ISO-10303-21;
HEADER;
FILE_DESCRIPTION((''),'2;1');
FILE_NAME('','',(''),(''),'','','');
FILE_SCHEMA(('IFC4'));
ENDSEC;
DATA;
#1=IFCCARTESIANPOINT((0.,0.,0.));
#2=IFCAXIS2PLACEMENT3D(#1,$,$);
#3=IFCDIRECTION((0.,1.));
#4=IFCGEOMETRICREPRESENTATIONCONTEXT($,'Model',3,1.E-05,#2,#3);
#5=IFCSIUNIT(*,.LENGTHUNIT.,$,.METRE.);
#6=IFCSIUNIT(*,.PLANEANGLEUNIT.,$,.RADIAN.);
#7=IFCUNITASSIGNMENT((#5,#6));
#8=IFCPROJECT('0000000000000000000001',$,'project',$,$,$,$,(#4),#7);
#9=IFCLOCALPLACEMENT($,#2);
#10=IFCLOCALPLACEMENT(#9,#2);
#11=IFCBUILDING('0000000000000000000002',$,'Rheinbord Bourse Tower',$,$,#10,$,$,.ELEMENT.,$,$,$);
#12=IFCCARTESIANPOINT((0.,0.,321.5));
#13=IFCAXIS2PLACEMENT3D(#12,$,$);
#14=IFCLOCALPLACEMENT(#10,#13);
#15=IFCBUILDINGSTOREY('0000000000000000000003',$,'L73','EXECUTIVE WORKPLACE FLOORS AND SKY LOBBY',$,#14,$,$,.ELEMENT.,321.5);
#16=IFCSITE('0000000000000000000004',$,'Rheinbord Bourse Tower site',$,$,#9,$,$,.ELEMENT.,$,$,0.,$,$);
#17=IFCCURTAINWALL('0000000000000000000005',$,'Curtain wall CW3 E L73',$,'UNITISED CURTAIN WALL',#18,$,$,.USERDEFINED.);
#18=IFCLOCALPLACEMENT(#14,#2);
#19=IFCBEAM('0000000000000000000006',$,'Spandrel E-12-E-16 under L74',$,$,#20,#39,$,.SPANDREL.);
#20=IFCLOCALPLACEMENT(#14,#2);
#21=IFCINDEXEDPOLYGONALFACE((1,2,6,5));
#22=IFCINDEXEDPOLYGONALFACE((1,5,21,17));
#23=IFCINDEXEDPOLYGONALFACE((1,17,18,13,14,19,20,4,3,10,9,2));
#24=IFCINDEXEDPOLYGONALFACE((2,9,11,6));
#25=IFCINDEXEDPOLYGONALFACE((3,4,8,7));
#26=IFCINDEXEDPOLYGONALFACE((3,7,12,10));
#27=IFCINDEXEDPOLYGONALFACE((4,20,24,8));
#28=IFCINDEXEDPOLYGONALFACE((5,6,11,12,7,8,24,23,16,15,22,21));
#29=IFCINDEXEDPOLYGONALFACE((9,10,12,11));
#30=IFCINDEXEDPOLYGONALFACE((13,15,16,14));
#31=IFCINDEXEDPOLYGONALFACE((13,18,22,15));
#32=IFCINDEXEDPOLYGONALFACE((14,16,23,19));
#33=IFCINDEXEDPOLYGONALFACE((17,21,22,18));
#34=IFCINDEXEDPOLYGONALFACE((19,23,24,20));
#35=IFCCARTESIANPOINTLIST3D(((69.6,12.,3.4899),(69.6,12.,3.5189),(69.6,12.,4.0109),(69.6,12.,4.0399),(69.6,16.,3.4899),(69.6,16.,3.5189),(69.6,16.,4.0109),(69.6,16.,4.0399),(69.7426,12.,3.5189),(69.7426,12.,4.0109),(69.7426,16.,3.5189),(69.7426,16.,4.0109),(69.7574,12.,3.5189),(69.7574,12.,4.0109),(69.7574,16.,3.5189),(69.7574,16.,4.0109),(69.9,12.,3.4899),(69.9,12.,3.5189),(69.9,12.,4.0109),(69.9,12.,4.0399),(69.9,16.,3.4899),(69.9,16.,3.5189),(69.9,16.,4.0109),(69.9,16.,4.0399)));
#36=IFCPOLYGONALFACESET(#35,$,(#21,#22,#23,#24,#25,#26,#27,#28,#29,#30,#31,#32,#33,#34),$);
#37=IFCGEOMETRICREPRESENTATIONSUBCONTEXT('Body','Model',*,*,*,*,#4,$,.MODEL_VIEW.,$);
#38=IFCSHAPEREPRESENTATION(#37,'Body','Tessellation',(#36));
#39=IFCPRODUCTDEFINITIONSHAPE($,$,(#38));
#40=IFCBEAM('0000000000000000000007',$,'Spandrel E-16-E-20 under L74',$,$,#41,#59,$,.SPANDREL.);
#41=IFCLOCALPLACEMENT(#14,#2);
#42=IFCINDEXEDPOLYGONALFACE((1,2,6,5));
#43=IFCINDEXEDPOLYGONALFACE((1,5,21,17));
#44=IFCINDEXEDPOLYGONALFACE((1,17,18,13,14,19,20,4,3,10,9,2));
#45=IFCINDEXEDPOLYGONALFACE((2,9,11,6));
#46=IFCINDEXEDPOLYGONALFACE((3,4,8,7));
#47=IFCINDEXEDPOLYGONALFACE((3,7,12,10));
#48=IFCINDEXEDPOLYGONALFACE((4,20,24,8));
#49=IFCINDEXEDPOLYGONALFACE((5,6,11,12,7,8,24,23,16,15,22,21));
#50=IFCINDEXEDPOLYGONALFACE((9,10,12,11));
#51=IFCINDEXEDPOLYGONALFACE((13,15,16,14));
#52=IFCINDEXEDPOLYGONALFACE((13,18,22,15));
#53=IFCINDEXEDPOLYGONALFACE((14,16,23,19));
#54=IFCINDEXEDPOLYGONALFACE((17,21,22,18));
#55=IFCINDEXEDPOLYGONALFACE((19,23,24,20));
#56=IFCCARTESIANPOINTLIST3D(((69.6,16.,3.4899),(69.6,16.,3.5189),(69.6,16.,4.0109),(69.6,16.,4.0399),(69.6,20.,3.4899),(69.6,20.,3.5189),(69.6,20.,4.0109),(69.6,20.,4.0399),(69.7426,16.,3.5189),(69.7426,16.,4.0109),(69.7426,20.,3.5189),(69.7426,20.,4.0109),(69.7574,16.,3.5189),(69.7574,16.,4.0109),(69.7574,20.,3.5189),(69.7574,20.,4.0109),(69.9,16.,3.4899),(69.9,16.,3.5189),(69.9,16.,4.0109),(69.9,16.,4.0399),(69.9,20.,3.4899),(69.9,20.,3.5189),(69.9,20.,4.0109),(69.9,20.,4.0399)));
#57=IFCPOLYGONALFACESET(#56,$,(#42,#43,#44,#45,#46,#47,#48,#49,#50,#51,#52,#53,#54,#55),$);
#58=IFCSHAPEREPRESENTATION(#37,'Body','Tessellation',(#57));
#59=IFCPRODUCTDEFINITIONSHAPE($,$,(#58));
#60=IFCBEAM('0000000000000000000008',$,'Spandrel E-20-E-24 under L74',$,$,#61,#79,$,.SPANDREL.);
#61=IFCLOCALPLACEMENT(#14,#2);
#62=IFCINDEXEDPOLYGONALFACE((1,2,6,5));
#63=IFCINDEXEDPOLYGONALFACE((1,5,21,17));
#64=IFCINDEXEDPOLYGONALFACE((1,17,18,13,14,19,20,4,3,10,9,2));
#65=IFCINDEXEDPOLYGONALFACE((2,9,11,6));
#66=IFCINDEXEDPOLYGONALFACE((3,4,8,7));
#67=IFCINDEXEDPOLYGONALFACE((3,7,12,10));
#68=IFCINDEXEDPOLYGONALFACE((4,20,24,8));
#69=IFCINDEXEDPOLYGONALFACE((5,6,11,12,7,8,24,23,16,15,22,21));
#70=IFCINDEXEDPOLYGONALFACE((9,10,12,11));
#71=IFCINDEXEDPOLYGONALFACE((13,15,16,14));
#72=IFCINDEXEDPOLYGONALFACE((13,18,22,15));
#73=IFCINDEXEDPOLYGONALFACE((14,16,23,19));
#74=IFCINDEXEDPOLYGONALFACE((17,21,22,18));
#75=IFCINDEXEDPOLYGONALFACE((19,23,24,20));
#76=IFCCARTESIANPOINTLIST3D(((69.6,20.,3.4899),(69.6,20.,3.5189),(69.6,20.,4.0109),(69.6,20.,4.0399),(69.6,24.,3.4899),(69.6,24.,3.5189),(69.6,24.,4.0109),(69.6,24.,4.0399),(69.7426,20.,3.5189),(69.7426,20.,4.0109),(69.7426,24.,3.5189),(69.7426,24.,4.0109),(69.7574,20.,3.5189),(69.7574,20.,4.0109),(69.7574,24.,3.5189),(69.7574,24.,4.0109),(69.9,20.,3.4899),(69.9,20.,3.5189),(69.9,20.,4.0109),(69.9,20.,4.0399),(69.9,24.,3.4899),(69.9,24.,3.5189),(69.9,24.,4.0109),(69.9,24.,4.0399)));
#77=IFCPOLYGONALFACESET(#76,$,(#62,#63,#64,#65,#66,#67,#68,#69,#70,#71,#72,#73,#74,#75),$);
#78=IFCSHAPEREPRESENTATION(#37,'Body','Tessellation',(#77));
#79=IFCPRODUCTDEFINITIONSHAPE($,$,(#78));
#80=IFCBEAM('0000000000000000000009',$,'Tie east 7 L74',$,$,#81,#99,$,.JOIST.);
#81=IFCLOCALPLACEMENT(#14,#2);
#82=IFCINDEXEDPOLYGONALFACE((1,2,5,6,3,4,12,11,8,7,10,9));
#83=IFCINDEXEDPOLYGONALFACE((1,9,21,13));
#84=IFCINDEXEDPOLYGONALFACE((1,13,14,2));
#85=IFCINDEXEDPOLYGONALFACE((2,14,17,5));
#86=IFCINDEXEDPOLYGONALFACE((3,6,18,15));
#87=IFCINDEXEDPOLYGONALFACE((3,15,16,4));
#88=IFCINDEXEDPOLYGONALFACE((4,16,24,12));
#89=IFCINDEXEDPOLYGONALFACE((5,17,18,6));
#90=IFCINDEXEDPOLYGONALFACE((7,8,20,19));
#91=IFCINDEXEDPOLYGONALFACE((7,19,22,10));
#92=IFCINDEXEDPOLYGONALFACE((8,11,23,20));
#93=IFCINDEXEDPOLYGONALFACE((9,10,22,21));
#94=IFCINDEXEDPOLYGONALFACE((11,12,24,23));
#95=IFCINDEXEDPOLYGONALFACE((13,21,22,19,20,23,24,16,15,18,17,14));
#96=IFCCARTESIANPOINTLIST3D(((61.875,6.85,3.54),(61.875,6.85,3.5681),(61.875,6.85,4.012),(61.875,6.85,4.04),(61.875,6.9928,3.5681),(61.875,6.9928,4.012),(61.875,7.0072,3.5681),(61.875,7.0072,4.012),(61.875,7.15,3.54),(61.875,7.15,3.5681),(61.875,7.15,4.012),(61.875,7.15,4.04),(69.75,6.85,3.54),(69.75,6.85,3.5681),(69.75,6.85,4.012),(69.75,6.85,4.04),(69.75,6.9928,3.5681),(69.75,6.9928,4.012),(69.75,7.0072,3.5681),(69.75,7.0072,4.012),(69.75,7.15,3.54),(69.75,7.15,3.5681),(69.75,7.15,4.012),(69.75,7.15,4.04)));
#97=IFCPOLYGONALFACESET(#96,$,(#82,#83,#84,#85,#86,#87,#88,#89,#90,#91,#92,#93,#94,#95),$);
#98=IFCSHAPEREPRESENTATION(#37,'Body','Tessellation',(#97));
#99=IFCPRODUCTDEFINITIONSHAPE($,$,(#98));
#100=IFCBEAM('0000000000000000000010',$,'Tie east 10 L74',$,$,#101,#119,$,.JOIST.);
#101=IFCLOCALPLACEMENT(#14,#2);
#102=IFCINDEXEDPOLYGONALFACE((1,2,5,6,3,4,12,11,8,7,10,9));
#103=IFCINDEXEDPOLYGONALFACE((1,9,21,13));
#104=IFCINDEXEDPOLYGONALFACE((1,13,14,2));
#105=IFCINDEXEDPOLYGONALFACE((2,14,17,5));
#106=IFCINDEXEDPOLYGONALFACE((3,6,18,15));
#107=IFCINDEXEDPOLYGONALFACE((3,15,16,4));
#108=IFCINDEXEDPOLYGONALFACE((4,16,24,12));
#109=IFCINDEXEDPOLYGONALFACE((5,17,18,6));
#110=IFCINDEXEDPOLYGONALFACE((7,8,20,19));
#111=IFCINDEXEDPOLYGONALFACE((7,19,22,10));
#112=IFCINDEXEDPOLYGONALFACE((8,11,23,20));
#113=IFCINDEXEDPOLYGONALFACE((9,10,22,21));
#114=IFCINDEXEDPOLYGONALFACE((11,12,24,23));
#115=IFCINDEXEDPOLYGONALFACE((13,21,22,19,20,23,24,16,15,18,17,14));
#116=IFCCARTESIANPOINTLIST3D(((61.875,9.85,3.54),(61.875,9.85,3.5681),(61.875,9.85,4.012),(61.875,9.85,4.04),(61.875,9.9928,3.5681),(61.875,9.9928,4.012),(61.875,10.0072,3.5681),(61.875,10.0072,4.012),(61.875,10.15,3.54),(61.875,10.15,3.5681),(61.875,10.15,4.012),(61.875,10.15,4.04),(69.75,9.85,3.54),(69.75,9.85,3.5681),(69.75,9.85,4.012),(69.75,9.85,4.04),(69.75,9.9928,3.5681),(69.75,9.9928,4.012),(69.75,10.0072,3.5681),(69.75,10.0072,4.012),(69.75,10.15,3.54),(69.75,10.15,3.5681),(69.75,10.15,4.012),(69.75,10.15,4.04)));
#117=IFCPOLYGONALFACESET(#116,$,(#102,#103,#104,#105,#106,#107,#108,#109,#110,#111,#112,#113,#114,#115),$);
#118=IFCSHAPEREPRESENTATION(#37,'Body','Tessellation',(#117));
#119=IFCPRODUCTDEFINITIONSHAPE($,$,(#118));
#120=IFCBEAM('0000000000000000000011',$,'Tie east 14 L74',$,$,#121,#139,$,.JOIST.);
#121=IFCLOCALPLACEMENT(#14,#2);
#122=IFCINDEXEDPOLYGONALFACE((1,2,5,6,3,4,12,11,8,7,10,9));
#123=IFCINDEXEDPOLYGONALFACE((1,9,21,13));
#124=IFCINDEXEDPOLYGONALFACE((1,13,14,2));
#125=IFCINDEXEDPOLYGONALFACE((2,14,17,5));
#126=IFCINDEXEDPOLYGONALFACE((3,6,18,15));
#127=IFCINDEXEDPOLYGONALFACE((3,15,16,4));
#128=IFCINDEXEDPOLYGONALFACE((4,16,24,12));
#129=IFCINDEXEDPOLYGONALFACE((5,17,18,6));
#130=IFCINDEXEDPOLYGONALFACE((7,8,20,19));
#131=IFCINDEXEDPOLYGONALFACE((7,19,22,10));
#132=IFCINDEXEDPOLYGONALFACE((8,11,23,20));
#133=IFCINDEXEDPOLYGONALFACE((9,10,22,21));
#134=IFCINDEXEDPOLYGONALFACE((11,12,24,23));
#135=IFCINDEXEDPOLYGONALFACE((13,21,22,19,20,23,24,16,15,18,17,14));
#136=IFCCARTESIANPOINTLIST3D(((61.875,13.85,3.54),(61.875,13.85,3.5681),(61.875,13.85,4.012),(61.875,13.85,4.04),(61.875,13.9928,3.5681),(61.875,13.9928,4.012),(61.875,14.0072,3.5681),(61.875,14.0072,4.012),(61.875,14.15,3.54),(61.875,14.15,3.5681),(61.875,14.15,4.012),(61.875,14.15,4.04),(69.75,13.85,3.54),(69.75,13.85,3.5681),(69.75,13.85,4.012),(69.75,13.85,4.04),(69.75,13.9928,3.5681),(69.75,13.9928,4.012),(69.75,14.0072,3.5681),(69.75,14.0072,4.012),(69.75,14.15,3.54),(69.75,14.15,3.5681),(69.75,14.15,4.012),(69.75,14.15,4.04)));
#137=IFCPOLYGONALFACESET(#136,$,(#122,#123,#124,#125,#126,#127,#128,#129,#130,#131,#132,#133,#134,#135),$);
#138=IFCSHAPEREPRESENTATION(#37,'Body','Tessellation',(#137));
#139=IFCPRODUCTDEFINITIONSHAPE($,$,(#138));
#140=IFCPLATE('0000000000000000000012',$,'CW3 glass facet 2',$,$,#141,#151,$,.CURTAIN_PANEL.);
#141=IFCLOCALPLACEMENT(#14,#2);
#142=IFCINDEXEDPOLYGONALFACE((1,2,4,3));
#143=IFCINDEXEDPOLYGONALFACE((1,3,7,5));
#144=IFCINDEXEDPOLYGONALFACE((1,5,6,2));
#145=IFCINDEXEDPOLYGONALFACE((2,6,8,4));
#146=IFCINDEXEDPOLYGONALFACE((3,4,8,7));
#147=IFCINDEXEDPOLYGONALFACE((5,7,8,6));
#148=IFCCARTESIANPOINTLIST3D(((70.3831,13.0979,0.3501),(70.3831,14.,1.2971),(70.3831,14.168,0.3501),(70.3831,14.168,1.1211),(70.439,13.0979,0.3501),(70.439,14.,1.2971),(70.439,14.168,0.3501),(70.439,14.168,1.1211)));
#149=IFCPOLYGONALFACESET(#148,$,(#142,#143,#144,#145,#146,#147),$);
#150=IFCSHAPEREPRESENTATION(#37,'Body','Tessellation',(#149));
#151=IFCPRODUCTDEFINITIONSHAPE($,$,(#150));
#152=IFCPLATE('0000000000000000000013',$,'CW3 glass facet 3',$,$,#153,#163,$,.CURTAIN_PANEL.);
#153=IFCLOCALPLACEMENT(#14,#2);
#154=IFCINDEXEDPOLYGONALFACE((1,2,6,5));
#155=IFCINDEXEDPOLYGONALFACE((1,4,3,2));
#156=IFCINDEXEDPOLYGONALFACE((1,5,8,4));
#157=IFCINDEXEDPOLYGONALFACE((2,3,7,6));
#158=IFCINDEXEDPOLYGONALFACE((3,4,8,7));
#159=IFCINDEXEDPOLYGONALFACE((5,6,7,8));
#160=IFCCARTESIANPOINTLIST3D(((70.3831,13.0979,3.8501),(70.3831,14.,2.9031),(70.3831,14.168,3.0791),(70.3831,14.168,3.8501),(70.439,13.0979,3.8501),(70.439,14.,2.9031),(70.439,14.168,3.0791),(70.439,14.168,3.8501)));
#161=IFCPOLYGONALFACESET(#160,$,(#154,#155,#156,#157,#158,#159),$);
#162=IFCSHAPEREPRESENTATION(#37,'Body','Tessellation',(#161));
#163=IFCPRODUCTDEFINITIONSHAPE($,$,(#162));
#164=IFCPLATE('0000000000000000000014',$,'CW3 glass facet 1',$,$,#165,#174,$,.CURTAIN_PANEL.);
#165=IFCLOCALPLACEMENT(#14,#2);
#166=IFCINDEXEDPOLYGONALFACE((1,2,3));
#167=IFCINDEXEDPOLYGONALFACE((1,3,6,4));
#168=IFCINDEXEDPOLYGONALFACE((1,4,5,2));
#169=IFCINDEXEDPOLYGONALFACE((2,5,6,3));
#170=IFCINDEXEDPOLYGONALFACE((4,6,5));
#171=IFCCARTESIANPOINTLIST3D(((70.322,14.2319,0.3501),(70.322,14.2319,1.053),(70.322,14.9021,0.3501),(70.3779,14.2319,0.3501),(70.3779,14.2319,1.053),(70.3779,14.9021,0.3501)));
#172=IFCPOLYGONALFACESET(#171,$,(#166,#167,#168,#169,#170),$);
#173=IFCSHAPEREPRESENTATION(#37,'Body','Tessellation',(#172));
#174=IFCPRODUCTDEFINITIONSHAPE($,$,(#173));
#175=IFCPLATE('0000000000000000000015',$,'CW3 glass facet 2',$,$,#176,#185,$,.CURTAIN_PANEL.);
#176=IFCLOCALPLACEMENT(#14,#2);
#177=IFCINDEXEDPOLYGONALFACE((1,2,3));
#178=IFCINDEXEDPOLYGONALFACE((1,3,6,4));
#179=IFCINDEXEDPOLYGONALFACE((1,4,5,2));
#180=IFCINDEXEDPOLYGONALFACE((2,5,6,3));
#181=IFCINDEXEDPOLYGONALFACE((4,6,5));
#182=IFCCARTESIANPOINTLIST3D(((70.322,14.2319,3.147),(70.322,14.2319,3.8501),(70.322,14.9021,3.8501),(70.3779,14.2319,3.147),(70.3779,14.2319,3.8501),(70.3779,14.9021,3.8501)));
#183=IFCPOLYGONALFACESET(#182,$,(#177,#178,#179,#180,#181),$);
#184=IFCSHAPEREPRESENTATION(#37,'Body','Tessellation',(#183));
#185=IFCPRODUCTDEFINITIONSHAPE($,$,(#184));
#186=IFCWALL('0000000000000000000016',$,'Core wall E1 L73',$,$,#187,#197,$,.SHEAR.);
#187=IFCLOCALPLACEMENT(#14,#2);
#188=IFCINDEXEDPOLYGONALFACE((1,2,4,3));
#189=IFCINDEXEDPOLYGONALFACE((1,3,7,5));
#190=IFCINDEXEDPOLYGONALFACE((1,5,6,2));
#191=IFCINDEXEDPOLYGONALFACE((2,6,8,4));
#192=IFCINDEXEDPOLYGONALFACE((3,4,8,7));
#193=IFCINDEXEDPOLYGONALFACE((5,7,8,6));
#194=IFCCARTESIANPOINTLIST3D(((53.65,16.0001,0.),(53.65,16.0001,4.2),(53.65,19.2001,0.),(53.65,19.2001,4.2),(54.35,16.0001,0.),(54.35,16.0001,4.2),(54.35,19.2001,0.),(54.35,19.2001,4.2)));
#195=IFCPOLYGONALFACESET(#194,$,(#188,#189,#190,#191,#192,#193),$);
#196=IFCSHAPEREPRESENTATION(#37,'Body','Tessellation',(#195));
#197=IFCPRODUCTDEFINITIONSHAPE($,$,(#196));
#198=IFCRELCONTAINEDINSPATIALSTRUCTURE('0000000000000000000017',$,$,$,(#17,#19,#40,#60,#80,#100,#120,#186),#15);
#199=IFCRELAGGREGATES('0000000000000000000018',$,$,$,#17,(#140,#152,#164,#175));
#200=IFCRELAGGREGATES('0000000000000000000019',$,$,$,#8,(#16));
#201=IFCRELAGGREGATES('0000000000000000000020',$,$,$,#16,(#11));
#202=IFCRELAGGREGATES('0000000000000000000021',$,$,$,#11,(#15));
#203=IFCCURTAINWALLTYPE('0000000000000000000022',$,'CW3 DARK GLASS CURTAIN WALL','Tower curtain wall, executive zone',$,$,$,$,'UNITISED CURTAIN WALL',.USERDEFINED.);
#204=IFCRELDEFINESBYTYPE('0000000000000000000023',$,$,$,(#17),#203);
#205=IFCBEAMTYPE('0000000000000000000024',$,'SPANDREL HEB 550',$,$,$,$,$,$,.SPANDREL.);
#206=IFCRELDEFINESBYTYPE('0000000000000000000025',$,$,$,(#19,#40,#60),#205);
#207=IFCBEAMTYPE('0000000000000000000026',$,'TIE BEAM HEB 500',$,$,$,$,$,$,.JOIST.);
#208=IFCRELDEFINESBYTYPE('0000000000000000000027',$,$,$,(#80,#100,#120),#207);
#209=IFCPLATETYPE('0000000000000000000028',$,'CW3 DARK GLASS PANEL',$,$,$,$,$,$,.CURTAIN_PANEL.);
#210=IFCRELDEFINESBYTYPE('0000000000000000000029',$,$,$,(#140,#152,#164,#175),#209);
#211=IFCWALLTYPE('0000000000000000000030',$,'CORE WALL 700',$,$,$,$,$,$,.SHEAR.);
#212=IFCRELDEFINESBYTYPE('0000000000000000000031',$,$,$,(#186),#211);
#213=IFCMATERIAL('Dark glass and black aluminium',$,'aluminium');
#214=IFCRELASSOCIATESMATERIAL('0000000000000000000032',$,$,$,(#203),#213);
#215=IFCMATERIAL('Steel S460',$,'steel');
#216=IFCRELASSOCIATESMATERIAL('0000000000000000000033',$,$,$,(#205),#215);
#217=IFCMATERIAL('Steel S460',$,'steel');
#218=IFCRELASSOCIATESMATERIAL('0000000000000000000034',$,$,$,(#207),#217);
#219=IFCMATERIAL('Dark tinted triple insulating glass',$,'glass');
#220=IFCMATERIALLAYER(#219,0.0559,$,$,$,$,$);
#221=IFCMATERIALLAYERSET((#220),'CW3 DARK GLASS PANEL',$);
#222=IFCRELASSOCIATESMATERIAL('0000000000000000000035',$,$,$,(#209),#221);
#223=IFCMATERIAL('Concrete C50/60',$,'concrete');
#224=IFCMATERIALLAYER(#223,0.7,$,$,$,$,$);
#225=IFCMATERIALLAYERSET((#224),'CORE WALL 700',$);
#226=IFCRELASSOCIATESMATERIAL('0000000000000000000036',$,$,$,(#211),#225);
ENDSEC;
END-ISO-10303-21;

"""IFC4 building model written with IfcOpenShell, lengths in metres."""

from ifc_helpers import new_model, si_unit, direction, frame, frame_2d, origin, origin_2d, place, context, subcontext, project, spatial, polyline, rectangle, i_section, outline, extrude, material, layer, layer_set, material_profile, profile_set, type_object, element, aggregate, save


model = new_model("IFC4")

# Units and contexts
model_context = context("Model", 3, precision=1e-05, world=origin(), true_north=direction((0.0, 1.0)))
body_context = subcontext(model_context, "Body", "Model", "MODEL_VIEW")
ifc_project = project(units=[si_unit("LENGTHUNIT", "METRE"), si_unit("PLANEANGLEUNIT", "RADIAN")], contexts=[model_context])

# Site, building, storey
site_placement = place(None, origin())
site = spatial("IfcSite", under=ifc_project, at=site_placement, Name="Rheinbord Bourse Tower site", CompositionType="ELEMENT", RefElevation=0.0)
building_placement = place(site_placement, origin())
building = spatial("IfcBuilding", under=site, at=building_placement, Name="Rheinbord Bourse Tower", CompositionType="ELEMENT")
storey_placement = place(building_placement, frame((0.0, 0.0, 321.5)))
storey = spatial("IfcBuildingStorey", under=building, at=storey_placement, Name="L73", Description="EXECUTIVE WORKPLACE FLOORS AND SKY LOBBY", CompositionType="ELEMENT", Elevation=321.5)

# Curtain wall
ifc_material_1 = material(Name="Dark glass and black aluminium", Category="aluminium")
curtain_wall_type = type_object("IfcCurtainWallType", Name="CW3 DARK GLASS CURTAIN WALL", Description="Tower curtain wall, executive zone", ElementType="UNITISED CURTAIN WALL", PredefinedType="USERDEFINED", material=ifc_material_1)
curtain_wall_placement = place(storey_placement, origin())
curtain_wall = element("IfcCurtainWall", 1, at=curtain_wall_placement, inside=storey, type_object=curtain_wall_type, Name="Curtain wall CW3 E L73", ObjectType="UNITISED CURTAIN WALL", PredefinedType="USERDEFINED")

# Beams
ifc_material_2 = material(Name="Steel S460", Category="steel")
ifc_material_profile_1 = material_profile(ifc_material_2, i_section(OverallWidth=0.3, OverallDepth=0.55, WebThickness=0.0149, FlangeThickness=0.0291, at=origin_2d()), Name="HEB 550")
ifc_profile_set_1 = profile_set([ifc_material_profile_1], Name="Steel S460")
beam_type_1 = type_object("IfcBeamType", Name="SPANDREL HEB 550", PredefinedType="SPANDREL", material=ifc_profile_set_1)
for number, where, z_axis, x_axis, name in (
    (2, (69.75, 12.0, 3.7649), (0.0, 1.0, 0.0), (-1.0, 0.0, 0.0), "Spandrel E-12-E-16 under L74"),
    (3, (69.75, 16.0, 3.7649), (0.0, 1.0, 0.0), (-1.0, 0.0, 0.0), "Spandrel E-16-E-20 under L74"),
    (4, (69.75, 20.0, 3.7649), (0.0, 1.0, 0.0), (-1.0, 0.0, 0.0), "Spandrel E-20-E-24 under L74"),
):
    element("IfcBeam", number, at=place(storey_placement, frame(where, z_axis=z_axis, x_axis=x_axis)), inside=storey, type_object=beam_type_1, Name=name, PredefinedType="SPANDREL", context=body_context, shape_type="SweptSolid", body=[
        extrude(i_section(OverallWidth=0.3, OverallDepth=0.55, WebThickness=0.0149, FlangeThickness=0.0291, at=origin_2d()), origin(), (0.0, 0.0, 1.0), 4.0),
    ])
ifc_material_3 = material(Name="Steel S460", Category="steel")
ifc_material_profile_2 = material_profile(ifc_material_3, i_section(OverallWidth=0.3, OverallDepth=0.5, WebThickness=0.0144, FlangeThickness=0.0281, at=origin_2d()), Name="HEB 500")
ifc_profile_set_2 = profile_set([ifc_material_profile_2], Name="Steel S460")
beam_type_2 = type_object("IfcBeamType", Name="TIE BEAM HEB 500", PredefinedType="JOIST", material=ifc_profile_set_2)
for number, where, z_axis, x_axis, name in (
    (5, (61.875, 7.0, 3.79), (1.0, 0.0, 0.0), (0.0, 1.0, 0.0), "Tie east 7 L74"),
    (6, (61.875, 10.0, 3.79), (1.0, 0.0, 0.0), (0.0, 1.0, 0.0), "Tie east 10 L74"),
    (7, (61.875, 14.0, 3.79), (1.0, 0.0, 0.0), (0.0, 1.0, 0.0), "Tie east 14 L74"),
):
    element("IfcBeam", number, at=place(storey_placement, frame(where, z_axis=z_axis, x_axis=x_axis)), inside=storey, type_object=beam_type_2, Name=name, PredefinedType="JOIST", context=body_context, shape_type="SweptSolid", body=[
        extrude(i_section(OverallWidth=0.3, OverallDepth=0.5, WebThickness=0.0144, FlangeThickness=0.0281, at=origin_2d()), origin(), (0.0, 0.0, 1.0), 7.875),
    ])

# Plates
ifc_material_4 = material(Name="Dark tinted triple insulating glass", Category="glass")
ifc_layer_1 = layer(ifc_material_4, 0.0559)
ifc_layer_set_1 = layer_set([ifc_layer_1], Name="CW3 DARK GLASS PANEL")
plate_type = type_object("IfcPlateType", Name="CW3 DARK GLASS PANEL", PredefinedType="CURTAIN_PANEL", material=ifc_layer_set_1)
plate_1_placement = place(storey_placement, frame((70.439, 14.168, 0.3501), z_axis=(-1.0, 0.0, 0.0), x_axis=(0.0, -1.0, 0.0)))
plate_1 = element("IfcPlate", 8, at=plate_1_placement, type_object=plate_type, Name="CW3 glass facet 2", PredefinedType="CURTAIN_PANEL", context=body_context, shape_type="SweptSolid", body=[
    extrude(outline(polyline([(0.0, 0.0), (1.0701, 0.0), (0.168, 0.947), (0.0, 0.771), (0.0, 0.0)])), origin(), (0.0, 0.0, 1.0), 0.0559),
])
plate_2_placement = place(storey_placement, frame((70.439, 14.168, 3.8501), z_axis=(-1.0, 0.0, 0.0), x_axis=(0.0, 0.0, -1.0)))
plate_2 = element("IfcPlate", 9, at=plate_2_placement, type_object=plate_type, Name="CW3 glass facet 3", PredefinedType="CURTAIN_PANEL", context=body_context, shape_type="SweptSolid", body=[
    extrude(outline(polyline([(0.0, 0.0), (0.771, 0.0), (0.947, 0.168), (0.0, 1.0701), (0.0, 0.0)])), origin(), (0.0, 0.0, 1.0), 0.0559),
])
plate_3_placement = place(storey_placement, frame((70.3779, 14.2319, 0.3501), z_axis=(-1.0, 0.0, 0.0), x_axis=(0.0, 0.0, 1.0)))
plate_3 = element("IfcPlate", 10, at=plate_3_placement, type_object=plate_type, Name="CW3 glass facet 1", PredefinedType="CURTAIN_PANEL", context=body_context, shape_type="SweptSolid", body=[
    extrude(outline(polyline([(0.0, 0.0), (0.7029, 0.0), (0.0, 0.6702), (0.0, 0.0)])), origin(), (0.0, 0.0, 1.0), 0.0559),
])
plate_4_placement = place(storey_placement, frame((70.3779, 14.2319, 3.8501), z_axis=(-1.0, 0.0, 0.0), x_axis=(0.0, 1.0, 0.0)))
plate_4 = element("IfcPlate", 11, at=plate_4_placement, type_object=plate_type, Name="CW3 glass facet 2", PredefinedType="CURTAIN_PANEL", context=body_context, shape_type="SweptSolid", body=[
    extrude(outline(polyline([(0.0, 0.0), (0.6702, 0.0), (0.0, 0.7031), (0.0, 0.0)])), origin(), (0.0, 0.0, 1.0), 0.0559),
])
aggregate(curtain_wall, [plate_1, plate_2, plate_3, plate_4])

# Wall
ifc_material_5 = material(Name="Concrete C50/60", Category="concrete")
ifc_layer_2 = layer(ifc_material_5, 0.7)
ifc_layer_set_2 = layer_set([ifc_layer_2], Name="CORE WALL 700")
wall_type_1 = type_object("IfcWallType", Name="CORE WALL 700", PredefinedType="SHEAR", material=ifc_layer_set_2)
wall_1_placement = place(storey_placement, frame((54.0, 16.0, 0.0), z_axis=(0.0, 0.0, 1.0), x_axis=(0.0, 1.0, 0.0)))
element("IfcWall", 12, at=wall_1_placement, inside=storey, type_object=wall_type_1, Name="Core wall E1 L73", PredefinedType="SHEAR", context=body_context, shape_type="SweptSolid", body=[
    extrude(rectangle(XDim=3.2, YDim=0.7, at=frame_2d((1.6001, 0.0))), origin(), (0.0, 0.0, 1.0), 4.2),
])

save(model, "model.ifc")
